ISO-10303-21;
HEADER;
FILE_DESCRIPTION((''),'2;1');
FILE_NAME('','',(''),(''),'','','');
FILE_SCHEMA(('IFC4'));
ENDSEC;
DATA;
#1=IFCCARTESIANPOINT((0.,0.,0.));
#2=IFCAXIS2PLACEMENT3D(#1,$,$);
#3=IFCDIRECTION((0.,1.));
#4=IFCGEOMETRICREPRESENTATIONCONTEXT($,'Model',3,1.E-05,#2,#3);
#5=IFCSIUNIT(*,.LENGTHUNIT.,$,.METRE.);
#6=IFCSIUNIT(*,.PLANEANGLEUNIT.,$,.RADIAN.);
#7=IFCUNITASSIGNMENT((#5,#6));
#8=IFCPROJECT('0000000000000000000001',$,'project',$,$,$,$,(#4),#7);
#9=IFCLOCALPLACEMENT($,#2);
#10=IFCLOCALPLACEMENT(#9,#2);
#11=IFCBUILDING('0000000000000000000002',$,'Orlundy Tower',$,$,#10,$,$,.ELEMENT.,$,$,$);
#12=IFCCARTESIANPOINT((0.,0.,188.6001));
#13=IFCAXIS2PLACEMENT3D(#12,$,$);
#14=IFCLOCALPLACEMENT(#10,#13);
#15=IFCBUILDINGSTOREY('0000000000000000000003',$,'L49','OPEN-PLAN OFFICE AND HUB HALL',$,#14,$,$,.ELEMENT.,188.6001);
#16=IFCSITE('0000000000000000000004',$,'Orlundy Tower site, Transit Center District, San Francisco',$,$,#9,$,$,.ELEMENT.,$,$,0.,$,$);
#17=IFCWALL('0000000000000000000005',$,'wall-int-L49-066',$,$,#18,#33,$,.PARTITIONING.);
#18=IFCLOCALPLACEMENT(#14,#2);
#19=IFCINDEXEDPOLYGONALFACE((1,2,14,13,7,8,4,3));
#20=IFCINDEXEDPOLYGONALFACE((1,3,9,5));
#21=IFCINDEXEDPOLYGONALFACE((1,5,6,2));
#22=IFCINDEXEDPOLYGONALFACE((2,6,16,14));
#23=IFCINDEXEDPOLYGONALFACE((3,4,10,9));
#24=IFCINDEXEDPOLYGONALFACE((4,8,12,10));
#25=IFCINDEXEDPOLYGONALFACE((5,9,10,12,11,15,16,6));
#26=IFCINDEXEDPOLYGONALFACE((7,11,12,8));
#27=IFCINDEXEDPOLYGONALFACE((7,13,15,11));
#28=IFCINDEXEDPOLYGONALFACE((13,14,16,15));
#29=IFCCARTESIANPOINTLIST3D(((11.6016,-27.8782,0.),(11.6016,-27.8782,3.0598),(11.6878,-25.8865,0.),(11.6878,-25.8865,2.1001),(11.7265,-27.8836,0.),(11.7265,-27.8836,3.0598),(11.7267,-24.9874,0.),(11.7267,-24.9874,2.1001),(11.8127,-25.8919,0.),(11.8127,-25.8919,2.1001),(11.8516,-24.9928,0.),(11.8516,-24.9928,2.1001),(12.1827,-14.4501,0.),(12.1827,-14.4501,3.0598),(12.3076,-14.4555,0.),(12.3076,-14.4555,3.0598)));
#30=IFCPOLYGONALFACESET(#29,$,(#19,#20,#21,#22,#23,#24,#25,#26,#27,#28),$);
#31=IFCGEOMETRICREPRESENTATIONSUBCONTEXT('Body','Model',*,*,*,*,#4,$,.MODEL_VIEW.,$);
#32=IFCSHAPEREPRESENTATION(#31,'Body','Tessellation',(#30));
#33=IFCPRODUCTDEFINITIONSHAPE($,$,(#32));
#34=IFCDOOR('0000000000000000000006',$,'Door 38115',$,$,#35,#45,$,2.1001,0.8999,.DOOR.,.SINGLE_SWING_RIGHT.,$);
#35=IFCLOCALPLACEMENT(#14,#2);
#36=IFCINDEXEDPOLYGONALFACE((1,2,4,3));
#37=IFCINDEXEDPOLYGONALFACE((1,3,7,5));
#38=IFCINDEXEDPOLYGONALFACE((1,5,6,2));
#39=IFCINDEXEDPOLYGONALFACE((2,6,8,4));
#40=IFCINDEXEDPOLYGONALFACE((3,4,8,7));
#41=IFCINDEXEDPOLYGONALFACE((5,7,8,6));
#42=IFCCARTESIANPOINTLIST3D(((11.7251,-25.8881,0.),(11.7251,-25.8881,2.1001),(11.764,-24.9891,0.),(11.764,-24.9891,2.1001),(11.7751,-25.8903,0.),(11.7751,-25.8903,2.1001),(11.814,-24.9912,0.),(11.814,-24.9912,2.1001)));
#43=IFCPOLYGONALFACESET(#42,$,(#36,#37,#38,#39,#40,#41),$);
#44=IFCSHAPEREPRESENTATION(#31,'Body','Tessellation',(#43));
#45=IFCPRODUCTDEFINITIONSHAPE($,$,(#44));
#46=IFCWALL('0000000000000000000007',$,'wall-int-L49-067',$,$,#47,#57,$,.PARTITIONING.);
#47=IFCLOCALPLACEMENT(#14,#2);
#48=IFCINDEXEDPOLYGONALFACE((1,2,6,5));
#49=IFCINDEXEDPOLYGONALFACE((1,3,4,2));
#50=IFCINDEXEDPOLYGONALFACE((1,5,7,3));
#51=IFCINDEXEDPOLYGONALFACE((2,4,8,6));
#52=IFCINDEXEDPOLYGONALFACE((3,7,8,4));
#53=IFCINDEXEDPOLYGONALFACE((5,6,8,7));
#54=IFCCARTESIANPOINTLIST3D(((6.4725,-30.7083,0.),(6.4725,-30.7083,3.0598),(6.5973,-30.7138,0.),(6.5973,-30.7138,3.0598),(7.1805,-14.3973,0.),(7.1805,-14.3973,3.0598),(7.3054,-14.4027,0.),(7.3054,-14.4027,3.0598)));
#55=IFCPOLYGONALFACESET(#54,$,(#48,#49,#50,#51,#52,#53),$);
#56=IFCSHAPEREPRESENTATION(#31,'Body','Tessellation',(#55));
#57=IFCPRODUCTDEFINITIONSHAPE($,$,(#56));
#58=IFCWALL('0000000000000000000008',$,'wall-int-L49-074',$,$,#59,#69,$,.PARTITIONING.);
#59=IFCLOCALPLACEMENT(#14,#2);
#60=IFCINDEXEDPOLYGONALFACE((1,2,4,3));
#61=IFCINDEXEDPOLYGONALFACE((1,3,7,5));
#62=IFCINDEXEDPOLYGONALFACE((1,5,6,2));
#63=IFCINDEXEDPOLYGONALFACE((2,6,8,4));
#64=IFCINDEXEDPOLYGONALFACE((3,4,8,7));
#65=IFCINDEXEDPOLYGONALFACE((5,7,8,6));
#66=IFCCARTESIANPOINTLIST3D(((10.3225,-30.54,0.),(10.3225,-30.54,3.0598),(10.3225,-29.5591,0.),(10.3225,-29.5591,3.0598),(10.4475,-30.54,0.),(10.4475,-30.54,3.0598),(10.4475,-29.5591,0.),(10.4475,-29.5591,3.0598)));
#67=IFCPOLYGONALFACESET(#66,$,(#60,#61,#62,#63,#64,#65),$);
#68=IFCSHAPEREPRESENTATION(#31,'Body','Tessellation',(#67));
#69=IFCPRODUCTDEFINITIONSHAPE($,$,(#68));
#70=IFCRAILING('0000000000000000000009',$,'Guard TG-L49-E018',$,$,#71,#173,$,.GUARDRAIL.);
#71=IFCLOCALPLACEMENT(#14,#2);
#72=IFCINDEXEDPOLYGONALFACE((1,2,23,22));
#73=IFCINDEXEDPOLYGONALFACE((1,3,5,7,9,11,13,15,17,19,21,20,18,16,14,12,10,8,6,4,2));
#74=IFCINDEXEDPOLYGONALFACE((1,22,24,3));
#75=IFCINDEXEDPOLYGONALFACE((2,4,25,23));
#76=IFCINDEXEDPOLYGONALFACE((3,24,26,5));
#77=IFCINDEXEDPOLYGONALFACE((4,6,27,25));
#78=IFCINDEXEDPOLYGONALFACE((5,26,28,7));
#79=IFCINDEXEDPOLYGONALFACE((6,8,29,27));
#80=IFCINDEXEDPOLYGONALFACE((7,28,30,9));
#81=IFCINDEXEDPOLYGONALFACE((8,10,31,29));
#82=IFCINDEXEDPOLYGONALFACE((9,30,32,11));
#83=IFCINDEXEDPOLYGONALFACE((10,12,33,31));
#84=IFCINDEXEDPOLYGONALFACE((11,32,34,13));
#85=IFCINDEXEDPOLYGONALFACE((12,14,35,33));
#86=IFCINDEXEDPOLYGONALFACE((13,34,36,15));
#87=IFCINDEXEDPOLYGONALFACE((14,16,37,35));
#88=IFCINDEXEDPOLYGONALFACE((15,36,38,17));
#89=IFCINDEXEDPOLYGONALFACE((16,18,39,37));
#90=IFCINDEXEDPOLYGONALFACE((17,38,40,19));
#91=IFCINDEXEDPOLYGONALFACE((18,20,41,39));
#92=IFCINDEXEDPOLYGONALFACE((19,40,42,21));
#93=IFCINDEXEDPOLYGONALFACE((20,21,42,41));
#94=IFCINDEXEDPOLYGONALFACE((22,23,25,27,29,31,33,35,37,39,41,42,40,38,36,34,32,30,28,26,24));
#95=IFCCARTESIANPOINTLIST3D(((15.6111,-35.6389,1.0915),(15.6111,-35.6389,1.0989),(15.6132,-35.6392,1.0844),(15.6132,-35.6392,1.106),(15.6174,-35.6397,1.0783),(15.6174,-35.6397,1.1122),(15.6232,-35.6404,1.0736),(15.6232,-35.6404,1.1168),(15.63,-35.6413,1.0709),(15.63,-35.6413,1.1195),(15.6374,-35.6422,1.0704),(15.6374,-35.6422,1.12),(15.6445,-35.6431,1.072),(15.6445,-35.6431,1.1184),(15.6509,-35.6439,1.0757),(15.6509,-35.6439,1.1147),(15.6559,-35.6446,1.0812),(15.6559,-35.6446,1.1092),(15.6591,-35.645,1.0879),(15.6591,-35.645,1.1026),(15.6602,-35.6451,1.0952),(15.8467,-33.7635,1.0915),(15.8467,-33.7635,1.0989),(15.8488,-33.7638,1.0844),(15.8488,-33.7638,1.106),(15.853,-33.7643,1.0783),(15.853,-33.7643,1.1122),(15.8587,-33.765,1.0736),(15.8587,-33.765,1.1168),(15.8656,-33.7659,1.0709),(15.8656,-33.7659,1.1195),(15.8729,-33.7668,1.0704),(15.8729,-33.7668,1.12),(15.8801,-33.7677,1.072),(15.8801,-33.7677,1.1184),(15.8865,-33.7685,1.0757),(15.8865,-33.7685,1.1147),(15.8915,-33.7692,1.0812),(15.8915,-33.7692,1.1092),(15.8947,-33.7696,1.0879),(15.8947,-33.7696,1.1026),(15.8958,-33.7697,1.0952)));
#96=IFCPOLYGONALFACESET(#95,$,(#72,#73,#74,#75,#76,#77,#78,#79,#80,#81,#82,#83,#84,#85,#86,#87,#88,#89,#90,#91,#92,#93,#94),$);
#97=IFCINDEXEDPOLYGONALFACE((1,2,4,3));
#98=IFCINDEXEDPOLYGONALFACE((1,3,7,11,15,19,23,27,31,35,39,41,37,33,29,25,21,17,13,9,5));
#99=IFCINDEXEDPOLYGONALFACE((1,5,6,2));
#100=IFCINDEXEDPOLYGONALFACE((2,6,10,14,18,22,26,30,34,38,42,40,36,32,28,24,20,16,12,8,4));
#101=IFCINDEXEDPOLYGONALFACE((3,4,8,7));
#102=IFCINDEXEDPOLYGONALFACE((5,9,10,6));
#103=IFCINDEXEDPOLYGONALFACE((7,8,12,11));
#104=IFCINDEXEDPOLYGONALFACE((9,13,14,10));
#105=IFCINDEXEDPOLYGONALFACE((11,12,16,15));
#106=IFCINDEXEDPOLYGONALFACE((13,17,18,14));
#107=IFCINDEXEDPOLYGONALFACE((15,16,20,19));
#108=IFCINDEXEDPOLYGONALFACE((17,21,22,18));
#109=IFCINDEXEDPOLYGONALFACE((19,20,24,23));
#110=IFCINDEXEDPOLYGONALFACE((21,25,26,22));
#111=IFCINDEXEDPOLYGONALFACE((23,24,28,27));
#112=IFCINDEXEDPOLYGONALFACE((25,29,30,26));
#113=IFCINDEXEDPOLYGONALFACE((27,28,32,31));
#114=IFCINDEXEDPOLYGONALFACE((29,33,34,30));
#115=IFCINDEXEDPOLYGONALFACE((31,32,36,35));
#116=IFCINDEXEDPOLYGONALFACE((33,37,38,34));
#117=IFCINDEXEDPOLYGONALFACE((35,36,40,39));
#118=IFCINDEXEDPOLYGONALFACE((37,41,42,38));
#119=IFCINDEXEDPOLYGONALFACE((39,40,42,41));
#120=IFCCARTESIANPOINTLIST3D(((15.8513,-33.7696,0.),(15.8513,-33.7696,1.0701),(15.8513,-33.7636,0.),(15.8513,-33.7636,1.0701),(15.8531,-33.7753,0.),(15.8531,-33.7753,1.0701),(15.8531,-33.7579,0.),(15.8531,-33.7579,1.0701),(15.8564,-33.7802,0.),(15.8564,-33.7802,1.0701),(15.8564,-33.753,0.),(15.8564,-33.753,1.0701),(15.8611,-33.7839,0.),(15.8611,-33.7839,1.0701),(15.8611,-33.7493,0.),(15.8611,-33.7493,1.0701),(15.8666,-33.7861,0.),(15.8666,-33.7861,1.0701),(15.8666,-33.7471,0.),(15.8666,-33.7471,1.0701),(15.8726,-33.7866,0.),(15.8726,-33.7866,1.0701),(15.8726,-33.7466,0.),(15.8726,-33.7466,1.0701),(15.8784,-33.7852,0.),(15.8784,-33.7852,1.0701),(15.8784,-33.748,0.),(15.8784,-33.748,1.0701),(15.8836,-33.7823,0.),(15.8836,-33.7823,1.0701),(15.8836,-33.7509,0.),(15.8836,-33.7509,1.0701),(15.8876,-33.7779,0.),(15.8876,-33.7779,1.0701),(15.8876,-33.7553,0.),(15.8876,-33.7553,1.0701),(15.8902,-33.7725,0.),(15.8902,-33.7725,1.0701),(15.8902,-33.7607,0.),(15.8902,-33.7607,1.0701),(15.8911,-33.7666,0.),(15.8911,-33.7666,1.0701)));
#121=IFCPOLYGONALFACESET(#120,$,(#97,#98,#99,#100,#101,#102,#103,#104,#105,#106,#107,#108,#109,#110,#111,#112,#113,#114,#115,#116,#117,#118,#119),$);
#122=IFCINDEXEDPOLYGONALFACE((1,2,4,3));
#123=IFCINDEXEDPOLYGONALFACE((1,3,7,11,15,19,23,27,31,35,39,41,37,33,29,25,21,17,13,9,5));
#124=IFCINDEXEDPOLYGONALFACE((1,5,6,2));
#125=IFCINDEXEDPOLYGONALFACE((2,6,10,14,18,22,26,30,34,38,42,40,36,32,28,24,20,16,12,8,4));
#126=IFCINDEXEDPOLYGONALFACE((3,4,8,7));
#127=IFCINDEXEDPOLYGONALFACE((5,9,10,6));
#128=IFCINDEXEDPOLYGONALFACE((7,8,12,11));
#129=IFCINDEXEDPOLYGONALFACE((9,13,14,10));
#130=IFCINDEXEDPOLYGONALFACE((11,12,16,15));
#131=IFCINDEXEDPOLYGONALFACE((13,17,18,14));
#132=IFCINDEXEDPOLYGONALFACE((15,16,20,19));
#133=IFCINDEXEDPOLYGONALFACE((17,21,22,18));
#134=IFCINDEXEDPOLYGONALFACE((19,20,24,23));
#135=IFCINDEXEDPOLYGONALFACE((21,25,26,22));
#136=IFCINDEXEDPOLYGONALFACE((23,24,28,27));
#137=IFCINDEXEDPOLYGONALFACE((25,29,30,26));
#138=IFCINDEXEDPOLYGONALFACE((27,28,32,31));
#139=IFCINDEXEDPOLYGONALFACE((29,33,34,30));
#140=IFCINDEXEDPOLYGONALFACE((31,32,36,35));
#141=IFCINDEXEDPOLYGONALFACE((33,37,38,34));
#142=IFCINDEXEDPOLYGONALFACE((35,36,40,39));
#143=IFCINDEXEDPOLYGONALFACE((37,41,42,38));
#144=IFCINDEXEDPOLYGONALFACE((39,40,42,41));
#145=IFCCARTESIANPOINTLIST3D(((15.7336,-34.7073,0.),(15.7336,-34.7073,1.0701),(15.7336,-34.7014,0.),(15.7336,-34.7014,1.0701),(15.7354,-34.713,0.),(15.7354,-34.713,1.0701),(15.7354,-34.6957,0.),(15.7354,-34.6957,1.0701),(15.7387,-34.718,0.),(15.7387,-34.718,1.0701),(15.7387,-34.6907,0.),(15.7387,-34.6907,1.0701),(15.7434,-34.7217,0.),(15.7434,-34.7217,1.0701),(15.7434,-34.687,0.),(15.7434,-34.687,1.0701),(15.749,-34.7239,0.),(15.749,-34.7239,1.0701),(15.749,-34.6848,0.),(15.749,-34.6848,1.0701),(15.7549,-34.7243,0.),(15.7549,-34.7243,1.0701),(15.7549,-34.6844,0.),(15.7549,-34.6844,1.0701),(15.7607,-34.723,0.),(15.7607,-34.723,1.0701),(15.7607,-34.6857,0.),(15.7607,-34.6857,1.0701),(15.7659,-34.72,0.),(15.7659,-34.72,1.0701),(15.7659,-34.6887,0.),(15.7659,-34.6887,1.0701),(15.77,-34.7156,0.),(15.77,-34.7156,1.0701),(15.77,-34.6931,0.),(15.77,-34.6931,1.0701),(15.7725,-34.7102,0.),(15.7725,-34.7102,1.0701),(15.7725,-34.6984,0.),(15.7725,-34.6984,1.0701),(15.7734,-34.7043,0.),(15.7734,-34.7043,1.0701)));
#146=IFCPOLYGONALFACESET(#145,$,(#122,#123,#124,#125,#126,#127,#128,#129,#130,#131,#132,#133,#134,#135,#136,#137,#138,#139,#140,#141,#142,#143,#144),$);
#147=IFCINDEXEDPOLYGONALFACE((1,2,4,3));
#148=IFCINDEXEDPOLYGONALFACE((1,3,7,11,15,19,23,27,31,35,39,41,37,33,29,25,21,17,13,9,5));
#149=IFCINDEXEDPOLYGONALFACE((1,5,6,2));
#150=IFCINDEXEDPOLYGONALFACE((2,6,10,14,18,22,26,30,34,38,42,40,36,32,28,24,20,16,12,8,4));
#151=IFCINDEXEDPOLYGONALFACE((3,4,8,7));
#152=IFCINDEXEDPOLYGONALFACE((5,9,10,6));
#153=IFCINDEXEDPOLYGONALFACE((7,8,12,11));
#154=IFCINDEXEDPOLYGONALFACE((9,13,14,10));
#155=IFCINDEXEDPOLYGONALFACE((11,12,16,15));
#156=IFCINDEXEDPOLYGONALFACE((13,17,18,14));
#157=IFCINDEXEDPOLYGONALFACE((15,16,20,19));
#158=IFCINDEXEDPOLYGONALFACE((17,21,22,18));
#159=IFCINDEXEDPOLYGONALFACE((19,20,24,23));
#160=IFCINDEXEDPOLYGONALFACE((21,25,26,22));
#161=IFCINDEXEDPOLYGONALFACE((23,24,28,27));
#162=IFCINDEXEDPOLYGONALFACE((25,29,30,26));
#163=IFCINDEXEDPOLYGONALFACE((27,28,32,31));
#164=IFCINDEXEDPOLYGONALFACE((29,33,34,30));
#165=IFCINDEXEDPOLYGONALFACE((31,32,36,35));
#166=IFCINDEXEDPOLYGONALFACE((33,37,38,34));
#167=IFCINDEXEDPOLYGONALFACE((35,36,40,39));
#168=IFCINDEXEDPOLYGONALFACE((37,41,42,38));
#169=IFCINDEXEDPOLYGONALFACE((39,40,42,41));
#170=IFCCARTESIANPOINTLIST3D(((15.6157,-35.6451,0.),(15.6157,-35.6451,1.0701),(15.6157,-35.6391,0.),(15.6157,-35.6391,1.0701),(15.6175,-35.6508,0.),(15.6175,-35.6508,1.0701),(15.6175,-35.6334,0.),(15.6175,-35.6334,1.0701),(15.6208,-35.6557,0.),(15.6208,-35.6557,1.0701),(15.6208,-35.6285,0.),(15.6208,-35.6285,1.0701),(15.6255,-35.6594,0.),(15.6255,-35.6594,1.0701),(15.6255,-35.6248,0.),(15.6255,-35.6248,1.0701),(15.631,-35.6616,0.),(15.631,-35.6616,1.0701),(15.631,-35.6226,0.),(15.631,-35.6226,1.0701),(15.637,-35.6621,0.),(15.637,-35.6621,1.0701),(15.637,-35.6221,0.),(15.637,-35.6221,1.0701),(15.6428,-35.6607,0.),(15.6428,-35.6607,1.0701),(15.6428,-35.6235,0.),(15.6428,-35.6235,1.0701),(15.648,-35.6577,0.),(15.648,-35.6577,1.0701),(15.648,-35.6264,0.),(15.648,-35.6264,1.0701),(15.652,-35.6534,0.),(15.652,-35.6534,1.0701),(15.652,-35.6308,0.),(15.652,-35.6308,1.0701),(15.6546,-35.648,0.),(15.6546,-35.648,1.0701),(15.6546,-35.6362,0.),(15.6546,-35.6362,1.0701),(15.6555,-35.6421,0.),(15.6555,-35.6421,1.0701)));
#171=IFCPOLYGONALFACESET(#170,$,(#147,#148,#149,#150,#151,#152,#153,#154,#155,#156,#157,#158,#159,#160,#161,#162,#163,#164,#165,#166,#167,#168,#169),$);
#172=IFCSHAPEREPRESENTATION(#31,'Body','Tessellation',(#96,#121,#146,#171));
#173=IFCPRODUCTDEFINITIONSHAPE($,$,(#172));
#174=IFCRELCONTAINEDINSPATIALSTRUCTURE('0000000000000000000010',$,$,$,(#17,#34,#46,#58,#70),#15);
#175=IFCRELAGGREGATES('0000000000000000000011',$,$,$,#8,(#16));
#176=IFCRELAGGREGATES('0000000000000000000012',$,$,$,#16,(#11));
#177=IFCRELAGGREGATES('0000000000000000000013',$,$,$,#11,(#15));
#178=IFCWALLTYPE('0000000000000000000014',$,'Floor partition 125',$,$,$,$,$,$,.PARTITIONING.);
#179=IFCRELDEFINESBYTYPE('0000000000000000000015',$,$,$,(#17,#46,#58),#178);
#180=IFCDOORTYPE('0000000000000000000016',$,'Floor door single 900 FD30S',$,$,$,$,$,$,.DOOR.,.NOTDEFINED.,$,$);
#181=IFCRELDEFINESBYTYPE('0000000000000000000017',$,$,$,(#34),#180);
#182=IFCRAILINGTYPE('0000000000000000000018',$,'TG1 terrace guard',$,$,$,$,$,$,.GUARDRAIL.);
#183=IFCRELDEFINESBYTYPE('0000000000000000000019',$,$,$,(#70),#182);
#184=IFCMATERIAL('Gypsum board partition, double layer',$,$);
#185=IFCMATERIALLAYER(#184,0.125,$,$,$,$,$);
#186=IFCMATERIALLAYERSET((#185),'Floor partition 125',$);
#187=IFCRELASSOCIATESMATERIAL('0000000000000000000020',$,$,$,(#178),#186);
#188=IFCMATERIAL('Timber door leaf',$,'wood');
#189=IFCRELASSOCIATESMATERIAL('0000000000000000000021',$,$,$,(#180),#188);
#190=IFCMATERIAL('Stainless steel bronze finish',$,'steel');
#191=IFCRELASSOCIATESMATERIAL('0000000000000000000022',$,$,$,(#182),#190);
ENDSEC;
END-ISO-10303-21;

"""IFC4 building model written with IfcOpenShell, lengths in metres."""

from ifc_helpers import new_model, si_unit, direction, frame, frame_2d, origin, origin_2d, place, context, subcontext, project, spatial, rectangle, circle, extrude, material, layer, layer_set, type_object, element, fill, save


model = new_model("IFC4")

# Units and contexts
model_context = context("Model", 3, precision=1e-05, world=origin(), true_north=direction((0.0, 1.0)))
body_context = subcontext(model_context, "Body", "Model", "MODEL_VIEW")
ifc_project = project(units=[si_unit("LENGTHUNIT", "METRE"), si_unit("PLANEANGLEUNIT", "RADIAN")], contexts=[model_context])

# Site, building, storey
site_placement = place(None, origin())
site = spatial("IfcSite", under=ifc_project, at=site_placement, Name="Orlundy Tower site, Transit Center District, San Francisco", CompositionType="ELEMENT", RefElevation=0.0)
building_placement = place(site_placement, origin())
building = spatial("IfcBuilding", under=site, at=building_placement, Name="Orlundy Tower", CompositionType="ELEMENT")
storey_placement = place(building_placement, frame((0.0, 0.0, 188.6001)))
storey = spatial("IfcBuildingStorey", under=building, at=storey_placement, Name="L49", Description="OPEN-PLAN OFFICE AND HUB HALL", CompositionType="ELEMENT", Elevation=188.6001)

# Shared definitions
ifc_material_1 = material(Name="Gypsum board partition, double layer")
ifc_layer_1 = layer(ifc_material_1, 0.125)
ifc_layer_set_1 = layer_set([ifc_layer_1], Name="Floor partition 125")
wall_type_1 = type_object("IfcWallType", Name="Floor partition 125", PredefinedType="PARTITIONING", material=ifc_layer_set_1)

# Shared definitions
ifc_material_2 = material(Name="Timber door leaf", Category="wood")
door_type_1 = type_object("IfcDoorType", Name="Floor door single 900 FD30S", OperationType="NOTDEFINED", PredefinedType="DOOR", material=ifc_material_2)

# Wall, opening, door
wall_1_placement = place(storey_placement, frame((12.2451, -14.4529, 0.0), z_axis=(0.0, 0.0, 1.0), x_axis=(-0.043231, -0.999065, 0.0)))
wall_1 = element("IfcWall", 1, at=wall_1_placement, inside=storey, type_object=wall_type_1, Name="wall-int-L49-066", PredefinedType="PARTITIONING", context=body_context, shape_type="SweptSolid", body=[
    extrude(rectangle(XDim=13.4407, YDim=0.125, at=frame_2d((6.7202, 0.0))), origin(), (0.0, 0.0, 1.0), 3.0598),
])
opening_1_placement = place(wall_1_placement, frame((10.5471, 0.0, 0.0)))
opening_1 = element("IfcOpeningElement", 2, at=opening_1_placement, cuts=wall_1, PredefinedType="OPENING", context=body_context, shape_type="SweptSolid", body=[
    extrude(rectangle(XDim=0.8999, YDim=2.1001, at=frame_2d((0.45, 1.05))), frame((0.0, 0.0725, 0.0), z_axis=(0.0, -1.0, 0.0), x_axis=(1.0, 0.0, 0.0)), (0.0, 0.0, 1.0), 0.145),
])
door_1_placement = place(opening_1_placement, origin())
door_1 = element("IfcDoor", 3, at=door_1_placement, inside=storey, type_object=door_type_1, Name="Door 38115", OperationType="SINGLE_SWING_RIGHT", OverallHeight=2.1001, OverallWidth=0.8999, PredefinedType="DOOR", context=body_context, shape_type="SweptSolid", body=[
    extrude(rectangle(XDim=0.8999, YDim=2.1001, at=frame_2d((0.45, 1.05))), frame((0.0, 0.0249, 0.0), z_axis=(0.0, -1.0, 0.0), x_axis=(1.0, 0.0, 0.0)), (0.0, 0.0, 1.0), 0.05),
])
fill(opening_1, door_1)

# Walls
wall_2_placement = place(storey_placement, frame((6.5349, -30.7109, 0.0), z_axis=(0.0, 0.0, 1.0), x_axis=(0.043366, 0.999059, 0.0)))
element("IfcWall", 4, at=wall_2_placement, inside=storey, type_object=wall_type_1, Name="wall-int-L49-067", PredefinedType="PARTITIONING", context=body_context, shape_type="SweptSolid", body=[
    extrude(rectangle(XDim=16.3264, YDim=0.125, at=frame_2d((8.1631, 0.0))), origin(), (0.0, 0.0, 1.0), 3.0598),
])
wall_3_placement = place(storey_placement, frame((10.385, -30.54, 0.0), z_axis=(0.0, 0.0, 1.0), x_axis=(0.0, 1.0, 0.0)))
element("IfcWall", 5, at=wall_3_placement, inside=storey, type_object=wall_type_1, Name="wall-int-L49-074", PredefinedType="PARTITIONING", context=body_context, shape_type="SweptSolid", body=[
    extrude(rectangle(XDim=0.981, YDim=0.125, at=frame_2d((0.4905, 0.0))), origin(), (0.0, 0.0, 1.0), 3.0598),
])

# Railing
ifc_material_3 = material(Name="Stainless steel bronze finish", Category="steel")
railing_type = type_object("IfcRailingType", Name="TG1 terrace guard", PredefinedType="GUARDRAIL", material=ifc_material_3)
railing_placement = place(storey_placement, frame((15.8711, -33.7666, 0.0)))
element("IfcRailing", 6, at=railing_placement, inside=storey, type_object=railing_type, Name="Guard TG-L49-E018", PredefinedType="GUARDRAIL", context=body_context, shape_type="SweptSolid", body=[
    extrude(circle(Radius=0.0249, at=origin_2d()), frame((0.0, 0.0, 1.0952), z_axis=(-0.124639, -0.992202, 0.0), x_axis=(0.992202, -0.124639, 0.0)), (0.0, 0.0, 1.0), 1.8901),
    extrude(circle(Radius=0.02, at=origin_2d()), origin(), (0.0, 0.0, 1.0), 1.0701),
    extrude(circle(Radius=0.02, at=origin_2d()), frame((-0.1177, -0.9377, 0.0)), (0.0, 0.0, 1.0), 1.0701),
    extrude(circle(Radius=0.02, at=origin_2d()), frame((-0.2356, -1.8755, 0.0)), (0.0, 0.0, 1.0), 1.0701),
])

save(model, "model.ifc")
